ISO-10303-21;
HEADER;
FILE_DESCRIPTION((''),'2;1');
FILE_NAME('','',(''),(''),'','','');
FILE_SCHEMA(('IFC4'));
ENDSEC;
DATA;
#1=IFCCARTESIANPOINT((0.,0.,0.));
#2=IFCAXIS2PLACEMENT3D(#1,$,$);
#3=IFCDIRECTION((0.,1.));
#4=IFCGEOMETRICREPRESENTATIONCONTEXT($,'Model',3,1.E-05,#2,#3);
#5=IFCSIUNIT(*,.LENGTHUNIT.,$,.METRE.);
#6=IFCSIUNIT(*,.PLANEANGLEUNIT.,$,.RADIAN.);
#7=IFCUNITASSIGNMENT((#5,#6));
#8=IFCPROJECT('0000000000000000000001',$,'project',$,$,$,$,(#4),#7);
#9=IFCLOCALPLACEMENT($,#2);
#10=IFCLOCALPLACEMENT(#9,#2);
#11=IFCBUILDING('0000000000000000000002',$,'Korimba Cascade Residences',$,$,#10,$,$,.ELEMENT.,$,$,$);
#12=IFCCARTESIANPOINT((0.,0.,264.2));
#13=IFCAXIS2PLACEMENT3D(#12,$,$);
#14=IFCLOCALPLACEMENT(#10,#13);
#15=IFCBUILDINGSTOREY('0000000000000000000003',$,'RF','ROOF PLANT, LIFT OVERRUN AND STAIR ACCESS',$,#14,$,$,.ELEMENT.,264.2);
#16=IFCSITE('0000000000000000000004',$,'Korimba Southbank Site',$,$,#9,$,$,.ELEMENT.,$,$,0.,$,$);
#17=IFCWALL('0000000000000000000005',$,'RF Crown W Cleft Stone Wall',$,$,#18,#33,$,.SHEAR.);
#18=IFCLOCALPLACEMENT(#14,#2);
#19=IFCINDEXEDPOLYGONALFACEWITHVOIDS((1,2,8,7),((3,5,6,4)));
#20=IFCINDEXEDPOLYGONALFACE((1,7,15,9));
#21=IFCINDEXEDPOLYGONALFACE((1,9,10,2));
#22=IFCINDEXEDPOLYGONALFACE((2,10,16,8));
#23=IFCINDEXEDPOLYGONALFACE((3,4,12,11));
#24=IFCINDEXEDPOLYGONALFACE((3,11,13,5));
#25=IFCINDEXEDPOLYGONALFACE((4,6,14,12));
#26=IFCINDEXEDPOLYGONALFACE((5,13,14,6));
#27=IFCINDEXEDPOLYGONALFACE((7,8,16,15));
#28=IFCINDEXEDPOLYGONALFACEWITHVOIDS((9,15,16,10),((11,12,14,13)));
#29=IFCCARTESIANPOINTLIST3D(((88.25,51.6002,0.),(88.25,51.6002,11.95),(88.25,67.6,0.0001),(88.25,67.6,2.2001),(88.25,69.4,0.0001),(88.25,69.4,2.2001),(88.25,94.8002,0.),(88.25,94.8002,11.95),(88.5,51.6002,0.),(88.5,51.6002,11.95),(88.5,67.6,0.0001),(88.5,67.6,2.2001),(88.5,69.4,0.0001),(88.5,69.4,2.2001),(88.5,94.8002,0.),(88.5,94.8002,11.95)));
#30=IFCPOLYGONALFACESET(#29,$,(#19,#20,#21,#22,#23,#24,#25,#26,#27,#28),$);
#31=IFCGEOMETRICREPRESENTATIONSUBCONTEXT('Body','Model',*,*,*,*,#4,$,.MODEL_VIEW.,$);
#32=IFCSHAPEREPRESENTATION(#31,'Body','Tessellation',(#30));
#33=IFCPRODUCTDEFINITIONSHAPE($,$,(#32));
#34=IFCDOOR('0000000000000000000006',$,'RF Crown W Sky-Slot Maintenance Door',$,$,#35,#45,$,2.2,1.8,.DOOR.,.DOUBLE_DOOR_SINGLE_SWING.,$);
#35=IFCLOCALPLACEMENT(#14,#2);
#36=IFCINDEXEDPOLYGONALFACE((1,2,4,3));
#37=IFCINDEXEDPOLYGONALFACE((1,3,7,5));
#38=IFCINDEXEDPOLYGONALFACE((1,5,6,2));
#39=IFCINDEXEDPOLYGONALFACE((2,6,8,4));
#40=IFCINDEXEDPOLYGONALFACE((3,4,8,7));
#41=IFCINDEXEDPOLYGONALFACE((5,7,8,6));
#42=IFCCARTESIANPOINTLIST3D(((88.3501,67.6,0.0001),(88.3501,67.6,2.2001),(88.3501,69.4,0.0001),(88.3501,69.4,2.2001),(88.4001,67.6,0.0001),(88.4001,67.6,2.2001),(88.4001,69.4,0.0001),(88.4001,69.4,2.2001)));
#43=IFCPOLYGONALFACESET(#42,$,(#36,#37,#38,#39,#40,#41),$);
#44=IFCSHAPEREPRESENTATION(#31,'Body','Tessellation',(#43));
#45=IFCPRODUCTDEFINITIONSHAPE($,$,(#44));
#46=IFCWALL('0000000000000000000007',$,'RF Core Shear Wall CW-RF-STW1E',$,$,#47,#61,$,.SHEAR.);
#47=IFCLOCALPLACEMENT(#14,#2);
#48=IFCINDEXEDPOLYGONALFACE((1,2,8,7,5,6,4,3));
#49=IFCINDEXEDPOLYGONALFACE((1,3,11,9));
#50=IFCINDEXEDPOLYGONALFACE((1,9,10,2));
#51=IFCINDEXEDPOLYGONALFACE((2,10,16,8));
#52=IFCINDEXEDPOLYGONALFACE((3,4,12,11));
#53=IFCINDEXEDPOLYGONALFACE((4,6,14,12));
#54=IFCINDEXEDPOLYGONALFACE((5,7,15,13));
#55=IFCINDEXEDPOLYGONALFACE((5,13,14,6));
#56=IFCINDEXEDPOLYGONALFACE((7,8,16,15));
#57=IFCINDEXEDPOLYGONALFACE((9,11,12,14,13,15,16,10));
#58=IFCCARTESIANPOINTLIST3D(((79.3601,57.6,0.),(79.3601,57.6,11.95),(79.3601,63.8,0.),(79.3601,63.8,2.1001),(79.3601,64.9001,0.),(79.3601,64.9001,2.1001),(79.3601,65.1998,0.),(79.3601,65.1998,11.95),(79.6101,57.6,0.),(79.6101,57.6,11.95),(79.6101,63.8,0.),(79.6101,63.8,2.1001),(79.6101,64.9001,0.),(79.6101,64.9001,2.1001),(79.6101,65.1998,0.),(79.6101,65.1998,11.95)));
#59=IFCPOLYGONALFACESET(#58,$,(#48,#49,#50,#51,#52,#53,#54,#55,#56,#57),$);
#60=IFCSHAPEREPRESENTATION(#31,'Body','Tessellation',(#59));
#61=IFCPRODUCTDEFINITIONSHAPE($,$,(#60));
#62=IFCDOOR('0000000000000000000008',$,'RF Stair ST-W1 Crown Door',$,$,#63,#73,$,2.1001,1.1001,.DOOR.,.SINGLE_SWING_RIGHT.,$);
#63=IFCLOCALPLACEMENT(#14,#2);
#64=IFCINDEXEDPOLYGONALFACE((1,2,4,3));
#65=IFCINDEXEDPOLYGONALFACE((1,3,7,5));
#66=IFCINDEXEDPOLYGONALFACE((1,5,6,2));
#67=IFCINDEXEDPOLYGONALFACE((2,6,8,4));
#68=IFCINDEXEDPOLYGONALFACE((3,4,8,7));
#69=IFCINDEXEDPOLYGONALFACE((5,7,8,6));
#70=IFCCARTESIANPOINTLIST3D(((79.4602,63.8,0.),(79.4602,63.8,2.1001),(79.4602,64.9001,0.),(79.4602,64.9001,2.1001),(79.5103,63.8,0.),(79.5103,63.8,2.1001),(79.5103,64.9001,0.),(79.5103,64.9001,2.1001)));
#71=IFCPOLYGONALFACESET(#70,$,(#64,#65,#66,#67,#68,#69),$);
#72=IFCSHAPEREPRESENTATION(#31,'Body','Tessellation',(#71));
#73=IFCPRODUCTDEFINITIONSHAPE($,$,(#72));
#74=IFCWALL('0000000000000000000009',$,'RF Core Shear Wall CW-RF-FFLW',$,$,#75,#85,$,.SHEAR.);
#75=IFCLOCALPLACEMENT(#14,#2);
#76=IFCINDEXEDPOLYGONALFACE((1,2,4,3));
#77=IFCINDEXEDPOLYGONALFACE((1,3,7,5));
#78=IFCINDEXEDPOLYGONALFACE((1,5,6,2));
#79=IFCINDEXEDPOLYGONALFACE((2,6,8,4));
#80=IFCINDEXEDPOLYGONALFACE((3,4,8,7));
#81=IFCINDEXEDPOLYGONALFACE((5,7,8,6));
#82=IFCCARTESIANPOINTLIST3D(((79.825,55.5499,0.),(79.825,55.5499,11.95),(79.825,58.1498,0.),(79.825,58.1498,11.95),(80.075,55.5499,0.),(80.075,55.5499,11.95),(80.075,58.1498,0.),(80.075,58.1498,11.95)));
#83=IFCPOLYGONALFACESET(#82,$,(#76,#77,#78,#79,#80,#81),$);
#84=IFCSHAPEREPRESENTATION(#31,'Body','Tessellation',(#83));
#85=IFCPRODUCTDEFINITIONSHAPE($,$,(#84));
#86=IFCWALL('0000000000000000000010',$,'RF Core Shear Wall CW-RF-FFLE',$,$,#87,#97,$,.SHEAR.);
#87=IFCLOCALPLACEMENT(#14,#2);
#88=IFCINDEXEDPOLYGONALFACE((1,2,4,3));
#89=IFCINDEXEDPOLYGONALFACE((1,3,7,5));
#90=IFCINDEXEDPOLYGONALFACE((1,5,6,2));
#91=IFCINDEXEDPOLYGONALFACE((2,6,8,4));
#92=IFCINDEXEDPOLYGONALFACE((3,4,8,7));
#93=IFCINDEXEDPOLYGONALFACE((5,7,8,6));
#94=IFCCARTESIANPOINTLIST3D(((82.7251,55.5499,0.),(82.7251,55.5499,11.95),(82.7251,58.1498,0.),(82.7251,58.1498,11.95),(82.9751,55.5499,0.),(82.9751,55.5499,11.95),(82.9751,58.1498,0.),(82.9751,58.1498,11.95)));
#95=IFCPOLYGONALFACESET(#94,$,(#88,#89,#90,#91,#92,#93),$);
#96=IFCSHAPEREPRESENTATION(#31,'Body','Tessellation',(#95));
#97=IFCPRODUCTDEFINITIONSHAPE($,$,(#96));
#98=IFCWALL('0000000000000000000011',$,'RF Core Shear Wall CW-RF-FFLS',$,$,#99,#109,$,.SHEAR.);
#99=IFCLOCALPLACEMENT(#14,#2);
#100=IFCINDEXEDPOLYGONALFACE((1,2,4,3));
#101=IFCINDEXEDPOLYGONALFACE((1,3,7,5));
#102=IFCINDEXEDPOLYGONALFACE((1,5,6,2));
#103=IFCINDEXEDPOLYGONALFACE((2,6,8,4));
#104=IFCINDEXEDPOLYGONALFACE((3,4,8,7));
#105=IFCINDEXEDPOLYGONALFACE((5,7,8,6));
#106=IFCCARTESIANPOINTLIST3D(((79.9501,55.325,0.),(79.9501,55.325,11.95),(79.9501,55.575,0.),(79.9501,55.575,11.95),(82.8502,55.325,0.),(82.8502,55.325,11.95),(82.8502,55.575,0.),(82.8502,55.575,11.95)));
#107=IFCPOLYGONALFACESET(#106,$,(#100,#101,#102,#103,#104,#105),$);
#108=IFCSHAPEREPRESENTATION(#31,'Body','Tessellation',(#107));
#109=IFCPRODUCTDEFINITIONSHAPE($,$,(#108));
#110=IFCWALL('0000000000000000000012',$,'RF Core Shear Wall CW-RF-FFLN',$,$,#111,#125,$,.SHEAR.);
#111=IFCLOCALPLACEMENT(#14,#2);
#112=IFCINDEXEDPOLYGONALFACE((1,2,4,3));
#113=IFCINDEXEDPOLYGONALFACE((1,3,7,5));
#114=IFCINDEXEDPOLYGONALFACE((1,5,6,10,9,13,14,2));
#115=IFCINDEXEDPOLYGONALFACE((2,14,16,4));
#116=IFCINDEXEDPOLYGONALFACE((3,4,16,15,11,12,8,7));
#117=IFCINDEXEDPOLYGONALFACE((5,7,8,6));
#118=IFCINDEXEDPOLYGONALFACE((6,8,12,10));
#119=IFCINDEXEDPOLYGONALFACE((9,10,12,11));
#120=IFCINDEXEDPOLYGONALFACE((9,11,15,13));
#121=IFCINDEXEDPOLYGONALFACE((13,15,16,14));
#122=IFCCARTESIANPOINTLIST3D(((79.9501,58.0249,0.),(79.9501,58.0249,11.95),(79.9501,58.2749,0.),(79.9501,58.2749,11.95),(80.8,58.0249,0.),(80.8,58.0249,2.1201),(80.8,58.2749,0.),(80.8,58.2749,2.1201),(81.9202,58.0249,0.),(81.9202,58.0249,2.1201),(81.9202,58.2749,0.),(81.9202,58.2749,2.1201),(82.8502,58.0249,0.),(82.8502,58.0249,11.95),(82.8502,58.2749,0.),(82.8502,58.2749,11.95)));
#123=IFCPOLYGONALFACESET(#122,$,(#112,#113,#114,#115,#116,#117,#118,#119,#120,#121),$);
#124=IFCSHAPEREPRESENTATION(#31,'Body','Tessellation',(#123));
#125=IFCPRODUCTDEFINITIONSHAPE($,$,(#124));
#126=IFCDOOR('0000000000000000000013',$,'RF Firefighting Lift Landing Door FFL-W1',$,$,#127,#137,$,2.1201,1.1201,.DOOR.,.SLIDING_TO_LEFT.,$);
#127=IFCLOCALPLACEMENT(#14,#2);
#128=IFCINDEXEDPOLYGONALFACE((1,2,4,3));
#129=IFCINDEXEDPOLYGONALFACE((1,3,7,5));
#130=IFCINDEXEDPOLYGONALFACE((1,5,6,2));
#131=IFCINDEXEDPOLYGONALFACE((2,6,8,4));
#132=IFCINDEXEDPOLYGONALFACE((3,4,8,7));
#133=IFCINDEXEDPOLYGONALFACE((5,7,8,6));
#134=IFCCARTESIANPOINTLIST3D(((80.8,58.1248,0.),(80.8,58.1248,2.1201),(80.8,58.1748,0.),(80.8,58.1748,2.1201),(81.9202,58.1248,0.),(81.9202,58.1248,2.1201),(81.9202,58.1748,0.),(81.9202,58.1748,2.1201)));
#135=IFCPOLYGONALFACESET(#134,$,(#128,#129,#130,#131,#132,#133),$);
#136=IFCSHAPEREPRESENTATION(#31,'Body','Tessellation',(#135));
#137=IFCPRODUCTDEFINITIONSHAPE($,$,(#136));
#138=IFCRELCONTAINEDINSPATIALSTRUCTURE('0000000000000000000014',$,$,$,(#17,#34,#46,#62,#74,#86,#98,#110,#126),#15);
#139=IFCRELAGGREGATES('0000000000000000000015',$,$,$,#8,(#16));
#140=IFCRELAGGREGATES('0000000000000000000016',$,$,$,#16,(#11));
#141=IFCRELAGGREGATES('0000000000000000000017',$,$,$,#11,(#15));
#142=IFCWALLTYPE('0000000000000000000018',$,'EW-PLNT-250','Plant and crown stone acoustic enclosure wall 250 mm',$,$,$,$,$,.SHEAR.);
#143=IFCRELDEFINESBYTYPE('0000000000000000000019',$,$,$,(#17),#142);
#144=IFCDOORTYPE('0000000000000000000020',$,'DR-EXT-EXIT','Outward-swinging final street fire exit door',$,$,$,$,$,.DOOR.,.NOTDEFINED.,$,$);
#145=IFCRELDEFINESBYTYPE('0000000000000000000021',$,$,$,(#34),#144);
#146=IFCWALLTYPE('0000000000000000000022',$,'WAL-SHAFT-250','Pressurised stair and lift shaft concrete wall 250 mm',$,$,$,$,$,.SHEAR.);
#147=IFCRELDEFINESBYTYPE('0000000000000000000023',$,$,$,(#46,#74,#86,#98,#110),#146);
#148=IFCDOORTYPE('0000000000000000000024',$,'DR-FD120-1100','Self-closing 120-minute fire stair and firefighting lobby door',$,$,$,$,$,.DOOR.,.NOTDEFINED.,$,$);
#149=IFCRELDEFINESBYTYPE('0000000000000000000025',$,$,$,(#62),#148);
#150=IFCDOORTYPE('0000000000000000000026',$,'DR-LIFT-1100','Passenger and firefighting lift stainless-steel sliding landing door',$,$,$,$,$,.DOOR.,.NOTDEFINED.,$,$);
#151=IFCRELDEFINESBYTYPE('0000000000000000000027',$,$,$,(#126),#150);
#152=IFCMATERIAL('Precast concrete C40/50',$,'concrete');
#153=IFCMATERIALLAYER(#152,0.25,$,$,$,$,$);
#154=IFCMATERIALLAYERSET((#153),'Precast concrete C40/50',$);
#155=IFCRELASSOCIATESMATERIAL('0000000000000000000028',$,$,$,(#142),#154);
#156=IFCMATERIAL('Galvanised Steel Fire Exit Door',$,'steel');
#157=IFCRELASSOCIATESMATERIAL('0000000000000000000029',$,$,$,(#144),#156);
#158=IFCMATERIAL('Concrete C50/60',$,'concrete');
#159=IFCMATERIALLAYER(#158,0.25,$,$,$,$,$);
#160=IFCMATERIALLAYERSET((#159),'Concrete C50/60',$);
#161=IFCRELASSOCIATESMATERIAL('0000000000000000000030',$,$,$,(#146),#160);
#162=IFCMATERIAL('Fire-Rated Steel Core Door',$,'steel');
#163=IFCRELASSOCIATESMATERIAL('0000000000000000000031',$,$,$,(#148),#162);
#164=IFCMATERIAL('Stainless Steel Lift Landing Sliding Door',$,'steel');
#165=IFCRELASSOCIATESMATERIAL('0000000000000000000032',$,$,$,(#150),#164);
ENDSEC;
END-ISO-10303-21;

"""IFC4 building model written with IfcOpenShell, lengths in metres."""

from ifc_helpers import new_model, si_unit, direction, frame, frame_2d, origin, place, context, subcontext, project, spatial, rectangle, extrude, material, layer, layer_set, type_object, element, fill, save


model = new_model("IFC4")

# Units and contexts
model_context = context("Model", 3, precision=1e-05, world=origin(), true_north=direction((0.0, 1.0)))
body_context = subcontext(model_context, "Body", "Model", "MODEL_VIEW")
ifc_project = project(units=[si_unit("LENGTHUNIT", "METRE"), si_unit("PLANEANGLEUNIT", "RADIAN")], contexts=[model_context])

# Site, building, storey
site_placement = place(None, origin())
site = spatial("IfcSite", under=ifc_project, at=site_placement, Name="Korimba Southbank Site", CompositionType="ELEMENT", RefElevation=0.0)
building_placement = place(site_placement, origin())
building = spatial("IfcBuilding", under=site, at=building_placement, Name="Korimba Cascade Residences", CompositionType="ELEMENT")
storey_placement = place(building_placement, frame((0.0, 0.0, 264.2)))
storey = spatial("IfcBuildingStorey", under=building, at=storey_placement, Name="RF", Description="ROOF PLANT, LIFT OVERRUN AND STAIR ACCESS", CompositionType="ELEMENT", Elevation=264.2)

# Shared definitions
ifc_material_1 = material(Name="Precast concrete C40/50", Category="concrete")
ifc_layer_1 = layer(ifc_material_1, 0.25)
ifc_layer_set_1 = layer_set([ifc_layer_1], Name="Precast concrete C40/50")
wall_type_1 = type_object("IfcWallType", Name="EW-PLNT-250", Description="Plant and crown stone acoustic enclosure wall 250 mm", PredefinedType="SHEAR", material=ifc_layer_set_1)

# Walls, openings, doors
wall_1_placement = place(storey_placement, frame((88.375, 51.6001, 0.0), z_axis=(0.0, 0.0, 1.0), x_axis=(0.0, 1.0, 0.0)))
wall_1 = element("IfcWall", 1, at=wall_1_placement, inside=storey, type_object=wall_type_1, Name="RF Crown W Cleft Stone Wall", PredefinedType="SHEAR", context=body_context, shape_type="SweptSolid", body=[
    extrude(rectangle(XDim=43.2, YDim=0.25, at=frame_2d((21.6001, 0.0))), origin(), (0.0, 0.0, 1.0), 11.95),
])
opening_1_placement = place(wall_1_placement, frame((16.0, 0.0, 0.0)))
opening_1 = element("IfcOpeningElement", 2, at=opening_1_placement, cuts=wall_1, PredefinedType="OPENING", context=body_context, shape_type="SweptSolid", body=[
    extrude(rectangle(XDim=1.8, YDim=2.2, at=frame_2d((0.8999, 1.1001))), frame((0.0, 0.135, 0.0), z_axis=(0.0, -1.0, 0.0), x_axis=(1.0, 0.0, 0.0)), (0.0, 0.0, 1.0), 0.27),
])
ifc_material_2 = material(Name="Galvanised Steel Fire Exit Door", Category="steel")
door_type_1 = type_object("IfcDoorType", Name="DR-EXT-EXIT", Description="Outward-swinging final street fire exit door", OperationType="NOTDEFINED", PredefinedType="DOOR", material=ifc_material_2)
door_1_placement = place(opening_1_placement, origin())
door_1 = element("IfcDoor", 3, at=door_1_placement, inside=storey, type_object=door_type_1, Name="RF Crown W Sky-Slot Maintenance Door", OperationType="DOUBLE_DOOR_SINGLE_SWING", OverallHeight=2.2, OverallWidth=1.8, PredefinedType="DOOR", context=body_context, shape_type="SweptSolid", body=[
    extrude(rectangle(XDim=1.8, YDim=2.2, at=frame_2d((0.8999, 1.1001))), frame((0.0, 0.0249, 0.0), z_axis=(0.0, -1.0, 0.0), x_axis=(1.0, 0.0, 0.0)), (0.0, 0.0, 1.0), 0.05),
])
fill(opening_1, door_1)
ifc_material_3 = material(Name="Concrete C50/60", Category="concrete")
ifc_layer_2 = layer(ifc_material_3, 0.25)
ifc_layer_set_2 = layer_set([ifc_layer_2], Name="Concrete C50/60")
wall_type_2 = type_object("IfcWallType", Name="WAL-SHAFT-250", Description="Pressurised stair and lift shaft concrete wall 250 mm", PredefinedType="SHEAR", material=ifc_layer_set_2)
wall_2_placement = place(storey_placement, frame((79.4851, 57.6001, 0.0), z_axis=(0.0, 0.0, 1.0), x_axis=(0.0, 1.0, 0.0)))
wall_2 = element("IfcWall", 4, at=wall_2_placement, inside=storey, type_object=wall_type_2, Name="RF Core Shear Wall CW-RF-STW1E", PredefinedType="SHEAR", context=body_context, shape_type="SweptSolid", body=[
    extrude(rectangle(XDim=7.5999, YDim=0.25, at=frame_2d((3.7998, 0.0))), origin(), (0.0, 0.0, 1.0), 11.95),
])
opening_2_placement = place(wall_2_placement, frame((6.2, 0.0, 0.0)))
opening_2 = element("IfcOpeningElement", 5, at=opening_2_placement, cuts=wall_2, PredefinedType="OPENING", context=body_context, shape_type="SweptSolid", body=[
    extrude(rectangle(XDim=1.1001, YDim=2.1001, at=frame_2d((0.55, 1.05))), frame((0.0, 0.135, 0.0), z_axis=(0.0, -1.0, 0.0), x_axis=(1.0, 0.0, 0.0)), (0.0, 0.0, 1.0), 0.27),
])
ifc_material_4 = material(Name="Fire-Rated Steel Core Door", Category="steel")
door_type_2 = type_object("IfcDoorType", Name="DR-FD120-1100", Description="Self-closing 120-minute fire stair and firefighting lobby door", OperationType="NOTDEFINED", PredefinedType="DOOR", material=ifc_material_4)
door_2_placement = place(opening_2_placement, origin())
door_2 = element("IfcDoor", 6, at=door_2_placement, inside=storey, type_object=door_type_2, Name="RF Stair ST-W1 Crown Door", OperationType="SINGLE_SWING_RIGHT", OverallHeight=2.1001, OverallWidth=1.1001, PredefinedType="DOOR", context=body_context, shape_type="SweptSolid", body=[
    extrude(rectangle(XDim=1.1001, YDim=2.1001, at=frame_2d((0.55, 1.05))), frame((0.0, 0.0249, 0.0), z_axis=(0.0, -1.0, 0.0), x_axis=(1.0, 0.0, 0.0)), (0.0, 0.0, 1.0), 0.05),
])
fill(opening_2, door_2)

# Walls
for number, where, z_axis, x_axis, name in (
    (7, (79.95, 55.55, 0.0), (0.0, 0.0, 1.0), (0.0, 1.0, 0.0), "RF Core Shear Wall CW-RF-FFLW"),
    (8, (82.8501, 55.55, 0.0), (0.0, 0.0, 1.0), (0.0, 1.0, 0.0), "RF Core Shear Wall CW-RF-FFLE"),
):
    element("IfcWall", number, at=place(storey_placement, frame(where, z_axis=z_axis, x_axis=x_axis)), inside=storey, type_object=wall_type_2, Name=name, PredefinedType="SHEAR", context=body_context, shape_type="SweptSolid", body=[
        extrude(rectangle(XDim=2.5999, YDim=0.25, at=frame_2d((1.2998, 0.0))), origin(), (0.0, 0.0, 1.0), 11.95),
    ])
wall_3_placement = place(storey_placement, frame((79.95, 55.45, 0.0), z_axis=(0.0, 0.0, 1.0), x_axis=(1.0, 0.0, 0.0)))
element("IfcWall", 9, at=wall_3_placement, inside=storey, type_object=wall_type_2, Name="RF Core Shear Wall CW-RF-FFLS", PredefinedType="SHEAR", context=body_context, shape_type="SweptSolid", body=[
    extrude(rectangle(XDim=2.9001, YDim=0.25, at=frame_2d((1.4502, 0.0))), origin(), (0.0, 0.0, 1.0), 11.95),
])

# Wall, opening, door
wall_4_placement = place(storey_placement, frame((79.95, 58.1499, 0.0), z_axis=(0.0, 0.0, 1.0), x_axis=(1.0, 0.0, 0.0)))
wall_4 = element("IfcWall", 10, at=wall_4_placement, inside=storey, type_object=wall_type_2, Name="RF Core Shear Wall CW-RF-FFLN", PredefinedType="SHEAR", context=body_context, shape_type="SweptSolid", body=[
    extrude(rectangle(XDim=2.9001, YDim=0.25, at=frame_2d((1.4502, 0.0))), origin(), (0.0, 0.0, 1.0), 11.95),
])
opening_3_placement = place(wall_4_placement, frame((0.8501, 0.0, 0.0)))
opening_3 = element("IfcOpeningElement", 11, at=opening_3_placement, cuts=wall_4, PredefinedType="OPENING", context=body_context, shape_type="SweptSolid", body=[
    extrude(rectangle(XDim=1.1201, YDim=2.1201, at=frame_2d((0.5601, 1.0601))), frame((0.0, 0.135, 0.0), z_axis=(0.0, -1.0, 0.0), x_axis=(1.0, 0.0, 0.0)), (0.0, 0.0, 1.0), 0.27),
])
ifc_material_5 = material(Name="Stainless Steel Lift Landing Sliding Door", Category="steel")
door_type_3 = type_object("IfcDoorType", Name="DR-LIFT-1100", Description="Passenger and firefighting lift stainless-steel sliding landing door", OperationType="NOTDEFINED", PredefinedType="DOOR", material=ifc_material_5)
door_3_placement = place(opening_3_placement, origin())
door_3 = element("IfcDoor", 12, at=door_3_placement, inside=storey, type_object=door_type_3, Name="RF Firefighting Lift Landing Door FFL-W1", OperationType="SLIDING_TO_LEFT", OverallHeight=2.1201, OverallWidth=1.1201, PredefinedType="DOOR", context=body_context, shape_type="SweptSolid", body=[
    extrude(rectangle(XDim=1.1201, YDim=2.1201, at=frame_2d((0.5601, 1.0601))), frame((0.0, 0.0249, 0.0), z_axis=(0.0, -1.0, 0.0), x_axis=(1.0, 0.0, 0.0)), (0.0, 0.0, 1.0), 0.05),
])
fill(opening_3, door_3)

save(model, "model.ifc")
